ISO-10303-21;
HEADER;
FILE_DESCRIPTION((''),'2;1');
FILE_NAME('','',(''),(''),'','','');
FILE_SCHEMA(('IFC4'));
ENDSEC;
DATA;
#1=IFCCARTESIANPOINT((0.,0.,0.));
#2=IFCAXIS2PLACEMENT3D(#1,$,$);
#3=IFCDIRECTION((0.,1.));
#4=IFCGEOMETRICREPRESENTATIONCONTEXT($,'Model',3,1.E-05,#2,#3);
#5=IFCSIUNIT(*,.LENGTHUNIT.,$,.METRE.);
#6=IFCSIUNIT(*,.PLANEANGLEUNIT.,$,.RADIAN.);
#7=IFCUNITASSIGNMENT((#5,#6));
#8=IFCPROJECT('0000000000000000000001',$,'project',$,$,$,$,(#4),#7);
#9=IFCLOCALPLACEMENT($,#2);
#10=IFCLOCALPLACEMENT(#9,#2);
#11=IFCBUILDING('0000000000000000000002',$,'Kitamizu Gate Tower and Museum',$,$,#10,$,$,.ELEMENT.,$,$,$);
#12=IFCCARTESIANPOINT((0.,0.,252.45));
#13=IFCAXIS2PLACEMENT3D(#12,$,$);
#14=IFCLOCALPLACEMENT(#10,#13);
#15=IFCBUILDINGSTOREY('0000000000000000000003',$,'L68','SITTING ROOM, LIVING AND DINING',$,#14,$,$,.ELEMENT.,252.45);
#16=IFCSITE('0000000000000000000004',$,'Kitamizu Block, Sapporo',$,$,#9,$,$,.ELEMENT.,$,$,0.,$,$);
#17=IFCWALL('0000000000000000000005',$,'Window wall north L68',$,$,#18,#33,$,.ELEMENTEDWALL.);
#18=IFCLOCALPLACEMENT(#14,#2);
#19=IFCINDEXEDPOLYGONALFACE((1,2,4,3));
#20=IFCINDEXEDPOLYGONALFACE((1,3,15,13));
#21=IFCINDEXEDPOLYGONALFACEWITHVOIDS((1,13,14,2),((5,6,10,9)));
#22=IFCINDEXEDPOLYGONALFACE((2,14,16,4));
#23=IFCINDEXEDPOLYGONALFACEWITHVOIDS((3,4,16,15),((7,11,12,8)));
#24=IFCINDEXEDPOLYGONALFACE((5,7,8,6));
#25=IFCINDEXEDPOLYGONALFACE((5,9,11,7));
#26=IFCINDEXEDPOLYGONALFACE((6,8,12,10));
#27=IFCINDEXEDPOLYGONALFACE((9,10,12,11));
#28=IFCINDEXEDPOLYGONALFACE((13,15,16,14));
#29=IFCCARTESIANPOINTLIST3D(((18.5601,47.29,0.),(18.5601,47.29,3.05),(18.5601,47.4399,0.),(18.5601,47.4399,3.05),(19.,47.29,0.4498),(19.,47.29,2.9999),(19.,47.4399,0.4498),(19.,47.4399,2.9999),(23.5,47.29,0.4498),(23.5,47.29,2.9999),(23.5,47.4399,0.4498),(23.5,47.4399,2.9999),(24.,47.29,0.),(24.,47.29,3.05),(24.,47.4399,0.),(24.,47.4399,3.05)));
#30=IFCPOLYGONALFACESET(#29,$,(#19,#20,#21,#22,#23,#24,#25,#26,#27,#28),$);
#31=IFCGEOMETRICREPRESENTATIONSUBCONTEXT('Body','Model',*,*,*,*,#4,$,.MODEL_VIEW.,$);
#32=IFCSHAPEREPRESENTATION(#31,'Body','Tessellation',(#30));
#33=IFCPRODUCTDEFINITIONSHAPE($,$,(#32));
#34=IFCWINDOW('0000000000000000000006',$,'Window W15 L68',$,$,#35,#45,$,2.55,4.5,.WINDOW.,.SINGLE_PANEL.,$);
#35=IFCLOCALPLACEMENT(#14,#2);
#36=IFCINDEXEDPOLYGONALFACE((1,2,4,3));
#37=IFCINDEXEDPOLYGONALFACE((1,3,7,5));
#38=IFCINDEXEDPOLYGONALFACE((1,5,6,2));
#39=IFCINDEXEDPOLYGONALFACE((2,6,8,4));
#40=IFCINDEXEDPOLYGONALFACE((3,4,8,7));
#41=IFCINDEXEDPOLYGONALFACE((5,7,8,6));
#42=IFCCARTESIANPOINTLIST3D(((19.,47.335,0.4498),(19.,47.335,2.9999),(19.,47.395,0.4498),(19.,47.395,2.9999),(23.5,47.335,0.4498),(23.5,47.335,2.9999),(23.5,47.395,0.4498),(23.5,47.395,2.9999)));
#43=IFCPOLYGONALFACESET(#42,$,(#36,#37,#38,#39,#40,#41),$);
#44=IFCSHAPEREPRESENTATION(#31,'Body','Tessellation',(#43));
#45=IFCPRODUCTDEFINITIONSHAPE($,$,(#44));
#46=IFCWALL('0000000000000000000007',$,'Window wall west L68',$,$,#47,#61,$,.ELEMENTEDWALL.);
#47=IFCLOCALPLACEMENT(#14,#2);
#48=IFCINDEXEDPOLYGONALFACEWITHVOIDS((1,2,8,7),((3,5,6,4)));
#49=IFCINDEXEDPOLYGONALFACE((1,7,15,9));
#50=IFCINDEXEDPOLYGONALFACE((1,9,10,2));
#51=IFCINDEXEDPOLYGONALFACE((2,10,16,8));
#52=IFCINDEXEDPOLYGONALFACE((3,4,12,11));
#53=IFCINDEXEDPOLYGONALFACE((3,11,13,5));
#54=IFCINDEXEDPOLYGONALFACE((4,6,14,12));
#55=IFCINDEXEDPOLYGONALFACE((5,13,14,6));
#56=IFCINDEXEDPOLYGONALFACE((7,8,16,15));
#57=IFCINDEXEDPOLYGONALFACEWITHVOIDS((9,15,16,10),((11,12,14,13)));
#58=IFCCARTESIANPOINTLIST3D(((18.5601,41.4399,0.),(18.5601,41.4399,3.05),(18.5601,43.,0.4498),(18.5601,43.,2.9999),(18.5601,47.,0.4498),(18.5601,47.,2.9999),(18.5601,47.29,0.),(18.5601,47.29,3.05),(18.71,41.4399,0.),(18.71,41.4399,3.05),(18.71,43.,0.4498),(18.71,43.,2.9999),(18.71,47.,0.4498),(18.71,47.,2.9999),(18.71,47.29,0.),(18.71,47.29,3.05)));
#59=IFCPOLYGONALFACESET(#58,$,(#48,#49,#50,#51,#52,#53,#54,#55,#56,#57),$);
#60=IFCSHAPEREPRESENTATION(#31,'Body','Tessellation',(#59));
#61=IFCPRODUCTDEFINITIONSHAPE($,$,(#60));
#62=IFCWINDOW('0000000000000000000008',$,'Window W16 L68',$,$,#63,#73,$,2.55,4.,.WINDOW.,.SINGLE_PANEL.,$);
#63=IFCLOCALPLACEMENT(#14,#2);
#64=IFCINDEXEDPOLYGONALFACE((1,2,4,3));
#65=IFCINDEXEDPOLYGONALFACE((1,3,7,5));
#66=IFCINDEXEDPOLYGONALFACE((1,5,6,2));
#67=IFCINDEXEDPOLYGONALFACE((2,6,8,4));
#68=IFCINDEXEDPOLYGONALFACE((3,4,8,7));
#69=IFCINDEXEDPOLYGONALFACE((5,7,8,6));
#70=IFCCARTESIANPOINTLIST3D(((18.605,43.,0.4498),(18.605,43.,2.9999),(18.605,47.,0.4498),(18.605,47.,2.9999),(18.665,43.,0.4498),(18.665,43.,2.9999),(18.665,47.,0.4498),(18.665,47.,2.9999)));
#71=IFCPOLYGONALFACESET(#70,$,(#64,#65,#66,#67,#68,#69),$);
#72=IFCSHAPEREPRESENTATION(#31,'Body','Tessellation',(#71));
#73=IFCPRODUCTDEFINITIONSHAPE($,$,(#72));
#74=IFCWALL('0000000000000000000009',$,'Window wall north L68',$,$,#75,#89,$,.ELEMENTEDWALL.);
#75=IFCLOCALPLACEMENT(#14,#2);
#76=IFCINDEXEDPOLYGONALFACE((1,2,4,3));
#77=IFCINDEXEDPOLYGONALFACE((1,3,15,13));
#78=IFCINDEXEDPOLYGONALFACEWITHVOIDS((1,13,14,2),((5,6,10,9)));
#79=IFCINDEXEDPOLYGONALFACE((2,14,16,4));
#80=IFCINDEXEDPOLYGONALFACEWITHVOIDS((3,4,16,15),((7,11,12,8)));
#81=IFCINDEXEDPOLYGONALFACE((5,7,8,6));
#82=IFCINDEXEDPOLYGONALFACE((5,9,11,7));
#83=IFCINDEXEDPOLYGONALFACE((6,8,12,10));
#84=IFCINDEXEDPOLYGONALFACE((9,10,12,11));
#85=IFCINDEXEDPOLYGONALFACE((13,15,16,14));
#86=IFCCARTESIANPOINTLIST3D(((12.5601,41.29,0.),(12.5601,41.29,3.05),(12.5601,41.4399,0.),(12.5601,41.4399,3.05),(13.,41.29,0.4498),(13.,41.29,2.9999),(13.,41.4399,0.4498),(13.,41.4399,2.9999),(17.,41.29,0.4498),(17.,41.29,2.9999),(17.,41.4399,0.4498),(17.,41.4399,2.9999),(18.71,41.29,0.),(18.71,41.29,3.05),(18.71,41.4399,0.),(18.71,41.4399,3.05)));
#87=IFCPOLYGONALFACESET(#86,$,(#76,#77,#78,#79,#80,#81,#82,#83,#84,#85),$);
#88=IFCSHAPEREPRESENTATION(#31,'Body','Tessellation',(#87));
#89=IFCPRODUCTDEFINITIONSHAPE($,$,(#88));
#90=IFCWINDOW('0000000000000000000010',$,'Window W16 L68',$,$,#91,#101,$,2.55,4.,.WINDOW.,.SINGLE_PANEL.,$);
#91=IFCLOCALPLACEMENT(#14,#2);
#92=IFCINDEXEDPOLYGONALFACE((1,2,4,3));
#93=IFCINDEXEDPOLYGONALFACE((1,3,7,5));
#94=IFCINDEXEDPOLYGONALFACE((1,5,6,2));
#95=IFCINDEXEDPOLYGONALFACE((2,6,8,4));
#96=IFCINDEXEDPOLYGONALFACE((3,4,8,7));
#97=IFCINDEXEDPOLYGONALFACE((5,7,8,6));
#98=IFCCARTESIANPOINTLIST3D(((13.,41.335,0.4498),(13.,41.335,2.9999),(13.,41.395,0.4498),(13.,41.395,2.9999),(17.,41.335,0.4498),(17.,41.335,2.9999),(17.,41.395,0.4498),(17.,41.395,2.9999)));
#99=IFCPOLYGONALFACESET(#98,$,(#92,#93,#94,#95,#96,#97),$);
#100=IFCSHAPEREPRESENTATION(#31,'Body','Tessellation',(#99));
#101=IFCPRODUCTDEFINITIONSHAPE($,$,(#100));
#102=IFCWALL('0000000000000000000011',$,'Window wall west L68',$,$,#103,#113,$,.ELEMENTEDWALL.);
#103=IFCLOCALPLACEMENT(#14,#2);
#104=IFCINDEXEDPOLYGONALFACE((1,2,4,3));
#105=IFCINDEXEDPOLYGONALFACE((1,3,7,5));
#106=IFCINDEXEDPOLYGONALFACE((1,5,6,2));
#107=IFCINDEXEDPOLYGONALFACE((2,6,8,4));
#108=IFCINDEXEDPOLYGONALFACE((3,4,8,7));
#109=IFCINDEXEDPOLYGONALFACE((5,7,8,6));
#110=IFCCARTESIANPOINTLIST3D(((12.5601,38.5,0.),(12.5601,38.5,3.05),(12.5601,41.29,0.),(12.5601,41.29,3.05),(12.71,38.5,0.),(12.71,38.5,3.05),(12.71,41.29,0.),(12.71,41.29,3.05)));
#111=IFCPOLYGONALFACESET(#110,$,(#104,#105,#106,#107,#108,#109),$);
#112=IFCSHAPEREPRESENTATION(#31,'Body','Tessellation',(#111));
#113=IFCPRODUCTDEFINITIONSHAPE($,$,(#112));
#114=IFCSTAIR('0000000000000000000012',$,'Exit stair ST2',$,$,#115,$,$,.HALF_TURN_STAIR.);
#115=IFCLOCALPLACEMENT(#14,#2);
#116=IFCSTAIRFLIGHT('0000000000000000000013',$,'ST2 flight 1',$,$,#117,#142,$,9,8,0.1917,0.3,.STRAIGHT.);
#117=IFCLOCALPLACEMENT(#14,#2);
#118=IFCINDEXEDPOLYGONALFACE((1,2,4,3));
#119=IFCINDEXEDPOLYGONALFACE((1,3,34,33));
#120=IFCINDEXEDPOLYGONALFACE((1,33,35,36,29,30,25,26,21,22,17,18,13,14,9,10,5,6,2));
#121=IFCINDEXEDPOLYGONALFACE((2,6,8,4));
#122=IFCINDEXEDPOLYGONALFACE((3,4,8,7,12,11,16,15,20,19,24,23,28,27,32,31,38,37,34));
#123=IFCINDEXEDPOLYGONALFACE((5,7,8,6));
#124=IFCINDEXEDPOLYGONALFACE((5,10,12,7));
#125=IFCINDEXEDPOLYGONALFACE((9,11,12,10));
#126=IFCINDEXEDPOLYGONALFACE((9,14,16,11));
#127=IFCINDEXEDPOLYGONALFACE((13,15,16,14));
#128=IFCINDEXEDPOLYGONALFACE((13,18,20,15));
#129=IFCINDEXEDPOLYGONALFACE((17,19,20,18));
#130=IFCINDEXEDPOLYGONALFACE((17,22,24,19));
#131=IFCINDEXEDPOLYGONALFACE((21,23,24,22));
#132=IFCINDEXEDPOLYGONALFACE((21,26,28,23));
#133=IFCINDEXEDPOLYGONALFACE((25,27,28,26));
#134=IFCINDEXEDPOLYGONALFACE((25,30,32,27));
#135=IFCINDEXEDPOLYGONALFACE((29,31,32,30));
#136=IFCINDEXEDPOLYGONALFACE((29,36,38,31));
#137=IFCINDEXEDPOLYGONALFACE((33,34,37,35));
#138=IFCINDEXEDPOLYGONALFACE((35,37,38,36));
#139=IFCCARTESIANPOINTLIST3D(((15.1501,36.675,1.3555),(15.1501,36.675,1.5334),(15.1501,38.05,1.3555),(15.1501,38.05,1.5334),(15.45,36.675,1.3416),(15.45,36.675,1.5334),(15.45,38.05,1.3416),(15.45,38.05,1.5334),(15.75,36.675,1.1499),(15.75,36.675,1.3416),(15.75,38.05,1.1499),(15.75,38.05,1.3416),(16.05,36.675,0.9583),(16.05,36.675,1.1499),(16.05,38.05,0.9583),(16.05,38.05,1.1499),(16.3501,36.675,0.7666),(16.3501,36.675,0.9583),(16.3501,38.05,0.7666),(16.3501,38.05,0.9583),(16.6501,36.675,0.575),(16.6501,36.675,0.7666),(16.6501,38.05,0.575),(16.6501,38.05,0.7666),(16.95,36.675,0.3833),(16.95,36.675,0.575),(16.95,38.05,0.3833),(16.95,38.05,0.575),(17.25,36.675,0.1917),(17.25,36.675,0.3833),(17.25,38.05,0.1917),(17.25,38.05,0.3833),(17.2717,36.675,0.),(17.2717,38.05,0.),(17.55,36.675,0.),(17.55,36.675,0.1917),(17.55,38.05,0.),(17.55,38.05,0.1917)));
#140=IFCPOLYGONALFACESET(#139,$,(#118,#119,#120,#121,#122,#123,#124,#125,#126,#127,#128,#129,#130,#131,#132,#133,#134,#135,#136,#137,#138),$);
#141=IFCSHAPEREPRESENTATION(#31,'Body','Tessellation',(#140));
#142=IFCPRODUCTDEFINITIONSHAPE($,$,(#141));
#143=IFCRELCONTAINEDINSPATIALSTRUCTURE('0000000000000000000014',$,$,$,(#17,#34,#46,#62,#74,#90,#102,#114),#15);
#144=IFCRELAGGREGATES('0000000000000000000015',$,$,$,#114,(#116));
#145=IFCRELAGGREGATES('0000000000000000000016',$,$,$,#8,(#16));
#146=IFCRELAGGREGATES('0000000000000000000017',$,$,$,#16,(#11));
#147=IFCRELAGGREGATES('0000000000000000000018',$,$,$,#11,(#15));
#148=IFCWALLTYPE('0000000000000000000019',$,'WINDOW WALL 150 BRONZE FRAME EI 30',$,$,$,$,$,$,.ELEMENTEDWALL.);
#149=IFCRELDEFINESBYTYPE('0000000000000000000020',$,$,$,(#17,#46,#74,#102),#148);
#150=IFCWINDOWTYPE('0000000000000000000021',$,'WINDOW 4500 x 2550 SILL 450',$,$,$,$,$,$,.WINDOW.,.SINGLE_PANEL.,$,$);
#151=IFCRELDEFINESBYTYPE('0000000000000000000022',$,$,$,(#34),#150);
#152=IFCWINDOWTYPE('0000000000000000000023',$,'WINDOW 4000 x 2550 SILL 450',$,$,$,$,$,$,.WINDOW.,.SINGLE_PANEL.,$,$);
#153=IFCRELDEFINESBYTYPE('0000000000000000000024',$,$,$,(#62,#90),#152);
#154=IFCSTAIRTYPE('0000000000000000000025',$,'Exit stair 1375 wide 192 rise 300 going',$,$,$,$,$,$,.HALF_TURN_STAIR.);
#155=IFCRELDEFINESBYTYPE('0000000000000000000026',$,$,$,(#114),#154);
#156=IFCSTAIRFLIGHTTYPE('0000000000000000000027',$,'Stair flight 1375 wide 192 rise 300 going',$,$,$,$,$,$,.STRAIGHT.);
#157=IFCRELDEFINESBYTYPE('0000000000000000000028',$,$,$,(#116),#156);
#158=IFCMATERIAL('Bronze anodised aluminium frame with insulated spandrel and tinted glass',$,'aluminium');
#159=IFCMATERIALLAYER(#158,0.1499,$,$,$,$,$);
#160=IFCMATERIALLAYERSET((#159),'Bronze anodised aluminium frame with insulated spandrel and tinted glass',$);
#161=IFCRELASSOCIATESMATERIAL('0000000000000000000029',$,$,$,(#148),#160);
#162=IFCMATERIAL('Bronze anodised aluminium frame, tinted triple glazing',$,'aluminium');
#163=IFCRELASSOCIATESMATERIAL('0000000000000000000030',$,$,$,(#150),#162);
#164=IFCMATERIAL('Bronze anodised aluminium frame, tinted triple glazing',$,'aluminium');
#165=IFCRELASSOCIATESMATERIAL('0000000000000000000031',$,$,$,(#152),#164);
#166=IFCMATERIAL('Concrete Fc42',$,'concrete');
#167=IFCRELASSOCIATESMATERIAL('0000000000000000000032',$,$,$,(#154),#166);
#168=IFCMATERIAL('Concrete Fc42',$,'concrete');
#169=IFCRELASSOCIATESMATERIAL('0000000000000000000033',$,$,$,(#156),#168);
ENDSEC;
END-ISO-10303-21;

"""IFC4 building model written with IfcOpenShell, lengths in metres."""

from ifc_helpers import new_model, si_unit, direction, frame, frame_2d, origin, place, context, subcontext, project, spatial, polyline, rectangle, outline, extrude, material, layer, layer_set, type_object, element, fill, aggregate, save


model = new_model("IFC4")

# Units and contexts
model_context = context("Model", 3, precision=1e-05, world=origin(), true_north=direction((0.0, 1.0)))
body_context = subcontext(model_context, "Body", "Model", "MODEL_VIEW")
ifc_project = project(units=[si_unit("LENGTHUNIT", "METRE"), si_unit("PLANEANGLEUNIT", "RADIAN")], contexts=[model_context])

# Site, building, storey
site_placement = place(None, origin())
site = spatial("IfcSite", under=ifc_project, at=site_placement, Name="Kitamizu Block, Sapporo", CompositionType="ELEMENT", RefElevation=0.0)
building_placement = place(site_placement, origin())
building = spatial("IfcBuilding", under=site, at=building_placement, Name="Kitamizu Gate Tower and Museum", CompositionType="ELEMENT")
storey_placement = place(building_placement, frame((0.0, 0.0, 252.45)))
storey = spatial("IfcBuildingStorey", under=building, at=storey_placement, Name="L68", Description="SITTING ROOM, LIVING AND DINING", CompositionType="ELEMENT", Elevation=252.45)

# Walls, openings, windows
ifc_material_1 = material(Name="Bronze anodised aluminium frame with insulated spandrel and tinted glass", Category="aluminium")
ifc_layer_1 = layer(ifc_material_1, 0.1499)
ifc_layer_set_1 = layer_set([ifc_layer_1], Name="Bronze anodised aluminium frame with insulated spandrel and tinted glass")
wall_type_1 = type_object("IfcWallType", Name="WINDOW WALL 150 BRONZE FRAME EI 30", PredefinedType="ELEMENTEDWALL", material=ifc_layer_set_1)
wall_1_placement = place(storey_placement, frame((18.5601, 47.365, 0.0), z_axis=(0.0, 0.0, 1.0), x_axis=(1.0, 0.0, 0.0)))
wall_1 = element("IfcWall", 1, at=wall_1_placement, inside=storey, type_object=wall_type_1, Name="Window wall north L68", PredefinedType="ELEMENTEDWALL", context=body_context, shape_type="SweptSolid", body=[
    extrude(rectangle(XDim=5.4399, YDim=0.1499, at=frame_2d((2.72, 0.0))), origin(), (0.0, 0.0, 1.0), 3.05),
])
opening_1_placement = place(wall_1_placement, frame((0.4399, 0.0, 0.45)))
opening_1 = element("IfcOpeningElement", 2, at=opening_1_placement, cuts=wall_1, PredefinedType="OPENING", context=body_context, shape_type="SweptSolid", body=[
    extrude(rectangle(XDim=4.5, YDim=2.55, at=frame_2d((2.25, 1.2749))), frame((0.0, 0.085, 0.0), z_axis=(0.0, -1.0, 0.0), x_axis=(1.0, 0.0, 0.0)), (0.0, 0.0, 1.0), 0.1699),
])
ifc_material_2 = material(Name="Bronze anodised aluminium frame, tinted triple glazing", Category="aluminium")
window_type_1 = type_object("IfcWindowType", Name="WINDOW 4500 x 2550 SILL 450", PartitioningType="SINGLE_PANEL", PredefinedType="WINDOW", material=ifc_material_2)
window_1_placement = place(opening_1_placement, origin())
window_1 = element("IfcWindow", 3, at=window_1_placement, inside=storey, type_object=window_type_1, Name="Window W15 L68", OverallHeight=2.55, OverallWidth=4.5, PartitioningType="SINGLE_PANEL", PredefinedType="WINDOW", context=body_context, shape_type="SweptSolid", body=[
    extrude(rectangle(XDim=4.5, YDim=2.55, at=frame_2d((2.25, 1.2749))), frame((0.0, 0.03, 0.0), z_axis=(0.0, -1.0, 0.0), x_axis=(1.0, 0.0, 0.0)), (0.0, 0.0, 1.0), 0.0601),
])
fill(opening_1, window_1)
wall_2_placement = place(storey_placement, frame((18.635, 41.4399, 0.0), z_axis=(0.0, 0.0, 1.0), x_axis=(0.0, 1.0, 0.0)))
wall_2 = element("IfcWall", 4, at=wall_2_placement, inside=storey, type_object=wall_type_1, Name="Window wall west L68", PredefinedType="ELEMENTEDWALL", context=body_context, shape_type="SweptSolid", body=[
    extrude(rectangle(XDim=5.8501, YDim=0.1499, at=frame_2d((2.925, 0.0))), origin(), (0.0, 0.0, 1.0), 3.05),
])
opening_2_placement = place(wall_2_placement, frame((1.5601, 0.0, 0.45)))
opening_2 = element("IfcOpeningElement", 5, at=opening_2_placement, cuts=wall_2, PredefinedType="OPENING", context=body_context, shape_type="SweptSolid", body=[
    extrude(rectangle(XDim=4.0, YDim=2.55, at=frame_2d((2.0, 1.2749))), frame((0.0, 0.085, 0.0), z_axis=(0.0, -1.0, 0.0), x_axis=(1.0, 0.0, 0.0)), (0.0, 0.0, 1.0), 0.1699),
])
ifc_material_3 = material(Name="Bronze anodised aluminium frame, tinted triple glazing", Category="aluminium")
window_type_2 = type_object("IfcWindowType", Name="WINDOW 4000 x 2550 SILL 450", PartitioningType="SINGLE_PANEL", PredefinedType="WINDOW", material=ifc_material_3)
window_2_placement = place(opening_2_placement, origin())
window_2 = element("IfcWindow", 6, at=window_2_placement, inside=storey, type_object=window_type_2, Name="Window W16 L68", OverallHeight=2.55, OverallWidth=4.0, PartitioningType="SINGLE_PANEL", PredefinedType="WINDOW", context=body_context, shape_type="SweptSolid", body=[
    extrude(rectangle(XDim=4.0, YDim=2.55, at=frame_2d((2.0, 1.2749))), frame((0.0, 0.03, 0.0), z_axis=(0.0, -1.0, 0.0), x_axis=(1.0, 0.0, 0.0)), (0.0, 0.0, 1.0), 0.0601),
])
fill(opening_2, window_2)
wall_3_placement = place(storey_placement, frame((12.5601, 41.365, 0.0), z_axis=(0.0, 0.0, 1.0), x_axis=(1.0, 0.0, 0.0)))
wall_3 = element("IfcWall", 7, at=wall_3_placement, inside=storey, type_object=wall_type_1, Name="Window wall north L68", PredefinedType="ELEMENTEDWALL", context=body_context, shape_type="SweptSolid", body=[
    extrude(rectangle(XDim=6.1499, YDim=0.1499, at=frame_2d((3.075, 0.0))), origin(), (0.0, 0.0, 1.0), 3.05),
])
opening_3_placement = place(wall_3_placement, frame((0.4399, 0.0, 0.45)))
opening_3 = element("IfcOpeningElement", 8, at=opening_3_placement, cuts=wall_3, PredefinedType="OPENING", context=body_context, shape_type="SweptSolid", body=[
    extrude(rectangle(XDim=4.0, YDim=2.55, at=frame_2d((2.0, 1.2749))), frame((0.0, 0.085, 0.0), z_axis=(0.0, -1.0, 0.0), x_axis=(1.0, 0.0, 0.0)), (0.0, 0.0, 1.0), 0.1699),
])
window_3_placement = place(opening_3_placement, origin())
window_3 = element("IfcWindow", 9, at=window_3_placement, inside=storey, type_object=window_type_2, Name="Window W16 L68", OverallHeight=2.55, OverallWidth=4.0, PartitioningType="SINGLE_PANEL", PredefinedType="WINDOW", context=body_context, shape_type="SweptSolid", body=[
    extrude(rectangle(XDim=4.0, YDim=2.55, at=frame_2d((2.0, 1.2749))), frame((0.0, 0.03, 0.0), z_axis=(0.0, -1.0, 0.0), x_axis=(1.0, 0.0, 0.0)), (0.0, 0.0, 1.0), 0.0601),
])
fill(opening_3, window_3)

# Wall
wall_4_placement = place(storey_placement, frame((12.635, 38.5, 0.0), z_axis=(0.0, 0.0, 1.0), x_axis=(0.0, 1.0, 0.0)))
element("IfcWall", 10, at=wall_4_placement, inside=storey, type_object=wall_type_1, Name="Window wall west L68", PredefinedType="ELEMENTEDWALL", context=body_context, shape_type="SweptSolid", body=[
    extrude(rectangle(XDim=2.79, YDim=0.1499, at=frame_2d((1.395, 0.0))), origin(), (0.0, 0.0, 1.0), 3.05),
])

# Stair, stair flight
ifc_material_4 = material(Name="Concrete Fc42", Category="concrete")
stair_type = type_object("IfcStairType", Name="Exit stair 1375 wide 192 rise 300 going", PredefinedType="HALF_TURN_STAIR", material=ifc_material_4)
stair_placement = place(storey_placement, origin())
stair = element("IfcStair", 11, at=stair_placement, inside=storey, type_object=stair_type, Name="Exit stair ST2", PredefinedType="HALF_TURN_STAIR")
ifc_material_5 = material(Name="Concrete Fc42", Category="concrete")
stair_flight_type = type_object("IfcStairFlightType", Name="Stair flight 1375 wide 192 rise 300 going", PredefinedType="STRAIGHT", material=ifc_material_5)
stair_flight_placement = place(storey_placement, frame((17.55, 37.3625, 0.0), z_axis=(0.0, 0.0, 1.0), x_axis=(-1.0, 0.0, 0.0)))
stair_flight = element("IfcStairFlight", 12, at=stair_flight_placement, type_object=stair_flight_type, Name="ST2 flight 1", NumberOfRisers=9, NumberOfTreads=8, PredefinedType="STRAIGHT", RiserHeight=0.1917, TreadLength=0.3, context=body_context, shape_type="SweptSolid", body=[
    extrude(outline(polyline([(0.0, 0.0), (0.0, 0.1917), (0.3, 0.1917), (0.3, 0.3833), (0.6001, 0.3833), (0.6001, 0.575), (0.8999, 0.575), (0.8999, 0.7666), (1.2, 0.7666), (1.2, 0.9583), (1.5, 0.9583), (1.5, 1.1499), (1.8, 1.1499), (1.8, 1.3416), (2.1001, 1.3416), (2.1001, 1.5334), (2.3999, 1.5334), (2.3999, 1.7251), (2.3999, 1.3555), (0.2783, 0.0), (0.0, 0.0)])), frame((0.0, 0.6875, 0.0), z_axis=(0.0, -1.0, 0.0), x_axis=(1.0, 0.0, 0.0)), (0.0, 0.0, 1.0), 1.375),
])
aggregate(stair, [stair_flight])

save(model, "model.ifc")
